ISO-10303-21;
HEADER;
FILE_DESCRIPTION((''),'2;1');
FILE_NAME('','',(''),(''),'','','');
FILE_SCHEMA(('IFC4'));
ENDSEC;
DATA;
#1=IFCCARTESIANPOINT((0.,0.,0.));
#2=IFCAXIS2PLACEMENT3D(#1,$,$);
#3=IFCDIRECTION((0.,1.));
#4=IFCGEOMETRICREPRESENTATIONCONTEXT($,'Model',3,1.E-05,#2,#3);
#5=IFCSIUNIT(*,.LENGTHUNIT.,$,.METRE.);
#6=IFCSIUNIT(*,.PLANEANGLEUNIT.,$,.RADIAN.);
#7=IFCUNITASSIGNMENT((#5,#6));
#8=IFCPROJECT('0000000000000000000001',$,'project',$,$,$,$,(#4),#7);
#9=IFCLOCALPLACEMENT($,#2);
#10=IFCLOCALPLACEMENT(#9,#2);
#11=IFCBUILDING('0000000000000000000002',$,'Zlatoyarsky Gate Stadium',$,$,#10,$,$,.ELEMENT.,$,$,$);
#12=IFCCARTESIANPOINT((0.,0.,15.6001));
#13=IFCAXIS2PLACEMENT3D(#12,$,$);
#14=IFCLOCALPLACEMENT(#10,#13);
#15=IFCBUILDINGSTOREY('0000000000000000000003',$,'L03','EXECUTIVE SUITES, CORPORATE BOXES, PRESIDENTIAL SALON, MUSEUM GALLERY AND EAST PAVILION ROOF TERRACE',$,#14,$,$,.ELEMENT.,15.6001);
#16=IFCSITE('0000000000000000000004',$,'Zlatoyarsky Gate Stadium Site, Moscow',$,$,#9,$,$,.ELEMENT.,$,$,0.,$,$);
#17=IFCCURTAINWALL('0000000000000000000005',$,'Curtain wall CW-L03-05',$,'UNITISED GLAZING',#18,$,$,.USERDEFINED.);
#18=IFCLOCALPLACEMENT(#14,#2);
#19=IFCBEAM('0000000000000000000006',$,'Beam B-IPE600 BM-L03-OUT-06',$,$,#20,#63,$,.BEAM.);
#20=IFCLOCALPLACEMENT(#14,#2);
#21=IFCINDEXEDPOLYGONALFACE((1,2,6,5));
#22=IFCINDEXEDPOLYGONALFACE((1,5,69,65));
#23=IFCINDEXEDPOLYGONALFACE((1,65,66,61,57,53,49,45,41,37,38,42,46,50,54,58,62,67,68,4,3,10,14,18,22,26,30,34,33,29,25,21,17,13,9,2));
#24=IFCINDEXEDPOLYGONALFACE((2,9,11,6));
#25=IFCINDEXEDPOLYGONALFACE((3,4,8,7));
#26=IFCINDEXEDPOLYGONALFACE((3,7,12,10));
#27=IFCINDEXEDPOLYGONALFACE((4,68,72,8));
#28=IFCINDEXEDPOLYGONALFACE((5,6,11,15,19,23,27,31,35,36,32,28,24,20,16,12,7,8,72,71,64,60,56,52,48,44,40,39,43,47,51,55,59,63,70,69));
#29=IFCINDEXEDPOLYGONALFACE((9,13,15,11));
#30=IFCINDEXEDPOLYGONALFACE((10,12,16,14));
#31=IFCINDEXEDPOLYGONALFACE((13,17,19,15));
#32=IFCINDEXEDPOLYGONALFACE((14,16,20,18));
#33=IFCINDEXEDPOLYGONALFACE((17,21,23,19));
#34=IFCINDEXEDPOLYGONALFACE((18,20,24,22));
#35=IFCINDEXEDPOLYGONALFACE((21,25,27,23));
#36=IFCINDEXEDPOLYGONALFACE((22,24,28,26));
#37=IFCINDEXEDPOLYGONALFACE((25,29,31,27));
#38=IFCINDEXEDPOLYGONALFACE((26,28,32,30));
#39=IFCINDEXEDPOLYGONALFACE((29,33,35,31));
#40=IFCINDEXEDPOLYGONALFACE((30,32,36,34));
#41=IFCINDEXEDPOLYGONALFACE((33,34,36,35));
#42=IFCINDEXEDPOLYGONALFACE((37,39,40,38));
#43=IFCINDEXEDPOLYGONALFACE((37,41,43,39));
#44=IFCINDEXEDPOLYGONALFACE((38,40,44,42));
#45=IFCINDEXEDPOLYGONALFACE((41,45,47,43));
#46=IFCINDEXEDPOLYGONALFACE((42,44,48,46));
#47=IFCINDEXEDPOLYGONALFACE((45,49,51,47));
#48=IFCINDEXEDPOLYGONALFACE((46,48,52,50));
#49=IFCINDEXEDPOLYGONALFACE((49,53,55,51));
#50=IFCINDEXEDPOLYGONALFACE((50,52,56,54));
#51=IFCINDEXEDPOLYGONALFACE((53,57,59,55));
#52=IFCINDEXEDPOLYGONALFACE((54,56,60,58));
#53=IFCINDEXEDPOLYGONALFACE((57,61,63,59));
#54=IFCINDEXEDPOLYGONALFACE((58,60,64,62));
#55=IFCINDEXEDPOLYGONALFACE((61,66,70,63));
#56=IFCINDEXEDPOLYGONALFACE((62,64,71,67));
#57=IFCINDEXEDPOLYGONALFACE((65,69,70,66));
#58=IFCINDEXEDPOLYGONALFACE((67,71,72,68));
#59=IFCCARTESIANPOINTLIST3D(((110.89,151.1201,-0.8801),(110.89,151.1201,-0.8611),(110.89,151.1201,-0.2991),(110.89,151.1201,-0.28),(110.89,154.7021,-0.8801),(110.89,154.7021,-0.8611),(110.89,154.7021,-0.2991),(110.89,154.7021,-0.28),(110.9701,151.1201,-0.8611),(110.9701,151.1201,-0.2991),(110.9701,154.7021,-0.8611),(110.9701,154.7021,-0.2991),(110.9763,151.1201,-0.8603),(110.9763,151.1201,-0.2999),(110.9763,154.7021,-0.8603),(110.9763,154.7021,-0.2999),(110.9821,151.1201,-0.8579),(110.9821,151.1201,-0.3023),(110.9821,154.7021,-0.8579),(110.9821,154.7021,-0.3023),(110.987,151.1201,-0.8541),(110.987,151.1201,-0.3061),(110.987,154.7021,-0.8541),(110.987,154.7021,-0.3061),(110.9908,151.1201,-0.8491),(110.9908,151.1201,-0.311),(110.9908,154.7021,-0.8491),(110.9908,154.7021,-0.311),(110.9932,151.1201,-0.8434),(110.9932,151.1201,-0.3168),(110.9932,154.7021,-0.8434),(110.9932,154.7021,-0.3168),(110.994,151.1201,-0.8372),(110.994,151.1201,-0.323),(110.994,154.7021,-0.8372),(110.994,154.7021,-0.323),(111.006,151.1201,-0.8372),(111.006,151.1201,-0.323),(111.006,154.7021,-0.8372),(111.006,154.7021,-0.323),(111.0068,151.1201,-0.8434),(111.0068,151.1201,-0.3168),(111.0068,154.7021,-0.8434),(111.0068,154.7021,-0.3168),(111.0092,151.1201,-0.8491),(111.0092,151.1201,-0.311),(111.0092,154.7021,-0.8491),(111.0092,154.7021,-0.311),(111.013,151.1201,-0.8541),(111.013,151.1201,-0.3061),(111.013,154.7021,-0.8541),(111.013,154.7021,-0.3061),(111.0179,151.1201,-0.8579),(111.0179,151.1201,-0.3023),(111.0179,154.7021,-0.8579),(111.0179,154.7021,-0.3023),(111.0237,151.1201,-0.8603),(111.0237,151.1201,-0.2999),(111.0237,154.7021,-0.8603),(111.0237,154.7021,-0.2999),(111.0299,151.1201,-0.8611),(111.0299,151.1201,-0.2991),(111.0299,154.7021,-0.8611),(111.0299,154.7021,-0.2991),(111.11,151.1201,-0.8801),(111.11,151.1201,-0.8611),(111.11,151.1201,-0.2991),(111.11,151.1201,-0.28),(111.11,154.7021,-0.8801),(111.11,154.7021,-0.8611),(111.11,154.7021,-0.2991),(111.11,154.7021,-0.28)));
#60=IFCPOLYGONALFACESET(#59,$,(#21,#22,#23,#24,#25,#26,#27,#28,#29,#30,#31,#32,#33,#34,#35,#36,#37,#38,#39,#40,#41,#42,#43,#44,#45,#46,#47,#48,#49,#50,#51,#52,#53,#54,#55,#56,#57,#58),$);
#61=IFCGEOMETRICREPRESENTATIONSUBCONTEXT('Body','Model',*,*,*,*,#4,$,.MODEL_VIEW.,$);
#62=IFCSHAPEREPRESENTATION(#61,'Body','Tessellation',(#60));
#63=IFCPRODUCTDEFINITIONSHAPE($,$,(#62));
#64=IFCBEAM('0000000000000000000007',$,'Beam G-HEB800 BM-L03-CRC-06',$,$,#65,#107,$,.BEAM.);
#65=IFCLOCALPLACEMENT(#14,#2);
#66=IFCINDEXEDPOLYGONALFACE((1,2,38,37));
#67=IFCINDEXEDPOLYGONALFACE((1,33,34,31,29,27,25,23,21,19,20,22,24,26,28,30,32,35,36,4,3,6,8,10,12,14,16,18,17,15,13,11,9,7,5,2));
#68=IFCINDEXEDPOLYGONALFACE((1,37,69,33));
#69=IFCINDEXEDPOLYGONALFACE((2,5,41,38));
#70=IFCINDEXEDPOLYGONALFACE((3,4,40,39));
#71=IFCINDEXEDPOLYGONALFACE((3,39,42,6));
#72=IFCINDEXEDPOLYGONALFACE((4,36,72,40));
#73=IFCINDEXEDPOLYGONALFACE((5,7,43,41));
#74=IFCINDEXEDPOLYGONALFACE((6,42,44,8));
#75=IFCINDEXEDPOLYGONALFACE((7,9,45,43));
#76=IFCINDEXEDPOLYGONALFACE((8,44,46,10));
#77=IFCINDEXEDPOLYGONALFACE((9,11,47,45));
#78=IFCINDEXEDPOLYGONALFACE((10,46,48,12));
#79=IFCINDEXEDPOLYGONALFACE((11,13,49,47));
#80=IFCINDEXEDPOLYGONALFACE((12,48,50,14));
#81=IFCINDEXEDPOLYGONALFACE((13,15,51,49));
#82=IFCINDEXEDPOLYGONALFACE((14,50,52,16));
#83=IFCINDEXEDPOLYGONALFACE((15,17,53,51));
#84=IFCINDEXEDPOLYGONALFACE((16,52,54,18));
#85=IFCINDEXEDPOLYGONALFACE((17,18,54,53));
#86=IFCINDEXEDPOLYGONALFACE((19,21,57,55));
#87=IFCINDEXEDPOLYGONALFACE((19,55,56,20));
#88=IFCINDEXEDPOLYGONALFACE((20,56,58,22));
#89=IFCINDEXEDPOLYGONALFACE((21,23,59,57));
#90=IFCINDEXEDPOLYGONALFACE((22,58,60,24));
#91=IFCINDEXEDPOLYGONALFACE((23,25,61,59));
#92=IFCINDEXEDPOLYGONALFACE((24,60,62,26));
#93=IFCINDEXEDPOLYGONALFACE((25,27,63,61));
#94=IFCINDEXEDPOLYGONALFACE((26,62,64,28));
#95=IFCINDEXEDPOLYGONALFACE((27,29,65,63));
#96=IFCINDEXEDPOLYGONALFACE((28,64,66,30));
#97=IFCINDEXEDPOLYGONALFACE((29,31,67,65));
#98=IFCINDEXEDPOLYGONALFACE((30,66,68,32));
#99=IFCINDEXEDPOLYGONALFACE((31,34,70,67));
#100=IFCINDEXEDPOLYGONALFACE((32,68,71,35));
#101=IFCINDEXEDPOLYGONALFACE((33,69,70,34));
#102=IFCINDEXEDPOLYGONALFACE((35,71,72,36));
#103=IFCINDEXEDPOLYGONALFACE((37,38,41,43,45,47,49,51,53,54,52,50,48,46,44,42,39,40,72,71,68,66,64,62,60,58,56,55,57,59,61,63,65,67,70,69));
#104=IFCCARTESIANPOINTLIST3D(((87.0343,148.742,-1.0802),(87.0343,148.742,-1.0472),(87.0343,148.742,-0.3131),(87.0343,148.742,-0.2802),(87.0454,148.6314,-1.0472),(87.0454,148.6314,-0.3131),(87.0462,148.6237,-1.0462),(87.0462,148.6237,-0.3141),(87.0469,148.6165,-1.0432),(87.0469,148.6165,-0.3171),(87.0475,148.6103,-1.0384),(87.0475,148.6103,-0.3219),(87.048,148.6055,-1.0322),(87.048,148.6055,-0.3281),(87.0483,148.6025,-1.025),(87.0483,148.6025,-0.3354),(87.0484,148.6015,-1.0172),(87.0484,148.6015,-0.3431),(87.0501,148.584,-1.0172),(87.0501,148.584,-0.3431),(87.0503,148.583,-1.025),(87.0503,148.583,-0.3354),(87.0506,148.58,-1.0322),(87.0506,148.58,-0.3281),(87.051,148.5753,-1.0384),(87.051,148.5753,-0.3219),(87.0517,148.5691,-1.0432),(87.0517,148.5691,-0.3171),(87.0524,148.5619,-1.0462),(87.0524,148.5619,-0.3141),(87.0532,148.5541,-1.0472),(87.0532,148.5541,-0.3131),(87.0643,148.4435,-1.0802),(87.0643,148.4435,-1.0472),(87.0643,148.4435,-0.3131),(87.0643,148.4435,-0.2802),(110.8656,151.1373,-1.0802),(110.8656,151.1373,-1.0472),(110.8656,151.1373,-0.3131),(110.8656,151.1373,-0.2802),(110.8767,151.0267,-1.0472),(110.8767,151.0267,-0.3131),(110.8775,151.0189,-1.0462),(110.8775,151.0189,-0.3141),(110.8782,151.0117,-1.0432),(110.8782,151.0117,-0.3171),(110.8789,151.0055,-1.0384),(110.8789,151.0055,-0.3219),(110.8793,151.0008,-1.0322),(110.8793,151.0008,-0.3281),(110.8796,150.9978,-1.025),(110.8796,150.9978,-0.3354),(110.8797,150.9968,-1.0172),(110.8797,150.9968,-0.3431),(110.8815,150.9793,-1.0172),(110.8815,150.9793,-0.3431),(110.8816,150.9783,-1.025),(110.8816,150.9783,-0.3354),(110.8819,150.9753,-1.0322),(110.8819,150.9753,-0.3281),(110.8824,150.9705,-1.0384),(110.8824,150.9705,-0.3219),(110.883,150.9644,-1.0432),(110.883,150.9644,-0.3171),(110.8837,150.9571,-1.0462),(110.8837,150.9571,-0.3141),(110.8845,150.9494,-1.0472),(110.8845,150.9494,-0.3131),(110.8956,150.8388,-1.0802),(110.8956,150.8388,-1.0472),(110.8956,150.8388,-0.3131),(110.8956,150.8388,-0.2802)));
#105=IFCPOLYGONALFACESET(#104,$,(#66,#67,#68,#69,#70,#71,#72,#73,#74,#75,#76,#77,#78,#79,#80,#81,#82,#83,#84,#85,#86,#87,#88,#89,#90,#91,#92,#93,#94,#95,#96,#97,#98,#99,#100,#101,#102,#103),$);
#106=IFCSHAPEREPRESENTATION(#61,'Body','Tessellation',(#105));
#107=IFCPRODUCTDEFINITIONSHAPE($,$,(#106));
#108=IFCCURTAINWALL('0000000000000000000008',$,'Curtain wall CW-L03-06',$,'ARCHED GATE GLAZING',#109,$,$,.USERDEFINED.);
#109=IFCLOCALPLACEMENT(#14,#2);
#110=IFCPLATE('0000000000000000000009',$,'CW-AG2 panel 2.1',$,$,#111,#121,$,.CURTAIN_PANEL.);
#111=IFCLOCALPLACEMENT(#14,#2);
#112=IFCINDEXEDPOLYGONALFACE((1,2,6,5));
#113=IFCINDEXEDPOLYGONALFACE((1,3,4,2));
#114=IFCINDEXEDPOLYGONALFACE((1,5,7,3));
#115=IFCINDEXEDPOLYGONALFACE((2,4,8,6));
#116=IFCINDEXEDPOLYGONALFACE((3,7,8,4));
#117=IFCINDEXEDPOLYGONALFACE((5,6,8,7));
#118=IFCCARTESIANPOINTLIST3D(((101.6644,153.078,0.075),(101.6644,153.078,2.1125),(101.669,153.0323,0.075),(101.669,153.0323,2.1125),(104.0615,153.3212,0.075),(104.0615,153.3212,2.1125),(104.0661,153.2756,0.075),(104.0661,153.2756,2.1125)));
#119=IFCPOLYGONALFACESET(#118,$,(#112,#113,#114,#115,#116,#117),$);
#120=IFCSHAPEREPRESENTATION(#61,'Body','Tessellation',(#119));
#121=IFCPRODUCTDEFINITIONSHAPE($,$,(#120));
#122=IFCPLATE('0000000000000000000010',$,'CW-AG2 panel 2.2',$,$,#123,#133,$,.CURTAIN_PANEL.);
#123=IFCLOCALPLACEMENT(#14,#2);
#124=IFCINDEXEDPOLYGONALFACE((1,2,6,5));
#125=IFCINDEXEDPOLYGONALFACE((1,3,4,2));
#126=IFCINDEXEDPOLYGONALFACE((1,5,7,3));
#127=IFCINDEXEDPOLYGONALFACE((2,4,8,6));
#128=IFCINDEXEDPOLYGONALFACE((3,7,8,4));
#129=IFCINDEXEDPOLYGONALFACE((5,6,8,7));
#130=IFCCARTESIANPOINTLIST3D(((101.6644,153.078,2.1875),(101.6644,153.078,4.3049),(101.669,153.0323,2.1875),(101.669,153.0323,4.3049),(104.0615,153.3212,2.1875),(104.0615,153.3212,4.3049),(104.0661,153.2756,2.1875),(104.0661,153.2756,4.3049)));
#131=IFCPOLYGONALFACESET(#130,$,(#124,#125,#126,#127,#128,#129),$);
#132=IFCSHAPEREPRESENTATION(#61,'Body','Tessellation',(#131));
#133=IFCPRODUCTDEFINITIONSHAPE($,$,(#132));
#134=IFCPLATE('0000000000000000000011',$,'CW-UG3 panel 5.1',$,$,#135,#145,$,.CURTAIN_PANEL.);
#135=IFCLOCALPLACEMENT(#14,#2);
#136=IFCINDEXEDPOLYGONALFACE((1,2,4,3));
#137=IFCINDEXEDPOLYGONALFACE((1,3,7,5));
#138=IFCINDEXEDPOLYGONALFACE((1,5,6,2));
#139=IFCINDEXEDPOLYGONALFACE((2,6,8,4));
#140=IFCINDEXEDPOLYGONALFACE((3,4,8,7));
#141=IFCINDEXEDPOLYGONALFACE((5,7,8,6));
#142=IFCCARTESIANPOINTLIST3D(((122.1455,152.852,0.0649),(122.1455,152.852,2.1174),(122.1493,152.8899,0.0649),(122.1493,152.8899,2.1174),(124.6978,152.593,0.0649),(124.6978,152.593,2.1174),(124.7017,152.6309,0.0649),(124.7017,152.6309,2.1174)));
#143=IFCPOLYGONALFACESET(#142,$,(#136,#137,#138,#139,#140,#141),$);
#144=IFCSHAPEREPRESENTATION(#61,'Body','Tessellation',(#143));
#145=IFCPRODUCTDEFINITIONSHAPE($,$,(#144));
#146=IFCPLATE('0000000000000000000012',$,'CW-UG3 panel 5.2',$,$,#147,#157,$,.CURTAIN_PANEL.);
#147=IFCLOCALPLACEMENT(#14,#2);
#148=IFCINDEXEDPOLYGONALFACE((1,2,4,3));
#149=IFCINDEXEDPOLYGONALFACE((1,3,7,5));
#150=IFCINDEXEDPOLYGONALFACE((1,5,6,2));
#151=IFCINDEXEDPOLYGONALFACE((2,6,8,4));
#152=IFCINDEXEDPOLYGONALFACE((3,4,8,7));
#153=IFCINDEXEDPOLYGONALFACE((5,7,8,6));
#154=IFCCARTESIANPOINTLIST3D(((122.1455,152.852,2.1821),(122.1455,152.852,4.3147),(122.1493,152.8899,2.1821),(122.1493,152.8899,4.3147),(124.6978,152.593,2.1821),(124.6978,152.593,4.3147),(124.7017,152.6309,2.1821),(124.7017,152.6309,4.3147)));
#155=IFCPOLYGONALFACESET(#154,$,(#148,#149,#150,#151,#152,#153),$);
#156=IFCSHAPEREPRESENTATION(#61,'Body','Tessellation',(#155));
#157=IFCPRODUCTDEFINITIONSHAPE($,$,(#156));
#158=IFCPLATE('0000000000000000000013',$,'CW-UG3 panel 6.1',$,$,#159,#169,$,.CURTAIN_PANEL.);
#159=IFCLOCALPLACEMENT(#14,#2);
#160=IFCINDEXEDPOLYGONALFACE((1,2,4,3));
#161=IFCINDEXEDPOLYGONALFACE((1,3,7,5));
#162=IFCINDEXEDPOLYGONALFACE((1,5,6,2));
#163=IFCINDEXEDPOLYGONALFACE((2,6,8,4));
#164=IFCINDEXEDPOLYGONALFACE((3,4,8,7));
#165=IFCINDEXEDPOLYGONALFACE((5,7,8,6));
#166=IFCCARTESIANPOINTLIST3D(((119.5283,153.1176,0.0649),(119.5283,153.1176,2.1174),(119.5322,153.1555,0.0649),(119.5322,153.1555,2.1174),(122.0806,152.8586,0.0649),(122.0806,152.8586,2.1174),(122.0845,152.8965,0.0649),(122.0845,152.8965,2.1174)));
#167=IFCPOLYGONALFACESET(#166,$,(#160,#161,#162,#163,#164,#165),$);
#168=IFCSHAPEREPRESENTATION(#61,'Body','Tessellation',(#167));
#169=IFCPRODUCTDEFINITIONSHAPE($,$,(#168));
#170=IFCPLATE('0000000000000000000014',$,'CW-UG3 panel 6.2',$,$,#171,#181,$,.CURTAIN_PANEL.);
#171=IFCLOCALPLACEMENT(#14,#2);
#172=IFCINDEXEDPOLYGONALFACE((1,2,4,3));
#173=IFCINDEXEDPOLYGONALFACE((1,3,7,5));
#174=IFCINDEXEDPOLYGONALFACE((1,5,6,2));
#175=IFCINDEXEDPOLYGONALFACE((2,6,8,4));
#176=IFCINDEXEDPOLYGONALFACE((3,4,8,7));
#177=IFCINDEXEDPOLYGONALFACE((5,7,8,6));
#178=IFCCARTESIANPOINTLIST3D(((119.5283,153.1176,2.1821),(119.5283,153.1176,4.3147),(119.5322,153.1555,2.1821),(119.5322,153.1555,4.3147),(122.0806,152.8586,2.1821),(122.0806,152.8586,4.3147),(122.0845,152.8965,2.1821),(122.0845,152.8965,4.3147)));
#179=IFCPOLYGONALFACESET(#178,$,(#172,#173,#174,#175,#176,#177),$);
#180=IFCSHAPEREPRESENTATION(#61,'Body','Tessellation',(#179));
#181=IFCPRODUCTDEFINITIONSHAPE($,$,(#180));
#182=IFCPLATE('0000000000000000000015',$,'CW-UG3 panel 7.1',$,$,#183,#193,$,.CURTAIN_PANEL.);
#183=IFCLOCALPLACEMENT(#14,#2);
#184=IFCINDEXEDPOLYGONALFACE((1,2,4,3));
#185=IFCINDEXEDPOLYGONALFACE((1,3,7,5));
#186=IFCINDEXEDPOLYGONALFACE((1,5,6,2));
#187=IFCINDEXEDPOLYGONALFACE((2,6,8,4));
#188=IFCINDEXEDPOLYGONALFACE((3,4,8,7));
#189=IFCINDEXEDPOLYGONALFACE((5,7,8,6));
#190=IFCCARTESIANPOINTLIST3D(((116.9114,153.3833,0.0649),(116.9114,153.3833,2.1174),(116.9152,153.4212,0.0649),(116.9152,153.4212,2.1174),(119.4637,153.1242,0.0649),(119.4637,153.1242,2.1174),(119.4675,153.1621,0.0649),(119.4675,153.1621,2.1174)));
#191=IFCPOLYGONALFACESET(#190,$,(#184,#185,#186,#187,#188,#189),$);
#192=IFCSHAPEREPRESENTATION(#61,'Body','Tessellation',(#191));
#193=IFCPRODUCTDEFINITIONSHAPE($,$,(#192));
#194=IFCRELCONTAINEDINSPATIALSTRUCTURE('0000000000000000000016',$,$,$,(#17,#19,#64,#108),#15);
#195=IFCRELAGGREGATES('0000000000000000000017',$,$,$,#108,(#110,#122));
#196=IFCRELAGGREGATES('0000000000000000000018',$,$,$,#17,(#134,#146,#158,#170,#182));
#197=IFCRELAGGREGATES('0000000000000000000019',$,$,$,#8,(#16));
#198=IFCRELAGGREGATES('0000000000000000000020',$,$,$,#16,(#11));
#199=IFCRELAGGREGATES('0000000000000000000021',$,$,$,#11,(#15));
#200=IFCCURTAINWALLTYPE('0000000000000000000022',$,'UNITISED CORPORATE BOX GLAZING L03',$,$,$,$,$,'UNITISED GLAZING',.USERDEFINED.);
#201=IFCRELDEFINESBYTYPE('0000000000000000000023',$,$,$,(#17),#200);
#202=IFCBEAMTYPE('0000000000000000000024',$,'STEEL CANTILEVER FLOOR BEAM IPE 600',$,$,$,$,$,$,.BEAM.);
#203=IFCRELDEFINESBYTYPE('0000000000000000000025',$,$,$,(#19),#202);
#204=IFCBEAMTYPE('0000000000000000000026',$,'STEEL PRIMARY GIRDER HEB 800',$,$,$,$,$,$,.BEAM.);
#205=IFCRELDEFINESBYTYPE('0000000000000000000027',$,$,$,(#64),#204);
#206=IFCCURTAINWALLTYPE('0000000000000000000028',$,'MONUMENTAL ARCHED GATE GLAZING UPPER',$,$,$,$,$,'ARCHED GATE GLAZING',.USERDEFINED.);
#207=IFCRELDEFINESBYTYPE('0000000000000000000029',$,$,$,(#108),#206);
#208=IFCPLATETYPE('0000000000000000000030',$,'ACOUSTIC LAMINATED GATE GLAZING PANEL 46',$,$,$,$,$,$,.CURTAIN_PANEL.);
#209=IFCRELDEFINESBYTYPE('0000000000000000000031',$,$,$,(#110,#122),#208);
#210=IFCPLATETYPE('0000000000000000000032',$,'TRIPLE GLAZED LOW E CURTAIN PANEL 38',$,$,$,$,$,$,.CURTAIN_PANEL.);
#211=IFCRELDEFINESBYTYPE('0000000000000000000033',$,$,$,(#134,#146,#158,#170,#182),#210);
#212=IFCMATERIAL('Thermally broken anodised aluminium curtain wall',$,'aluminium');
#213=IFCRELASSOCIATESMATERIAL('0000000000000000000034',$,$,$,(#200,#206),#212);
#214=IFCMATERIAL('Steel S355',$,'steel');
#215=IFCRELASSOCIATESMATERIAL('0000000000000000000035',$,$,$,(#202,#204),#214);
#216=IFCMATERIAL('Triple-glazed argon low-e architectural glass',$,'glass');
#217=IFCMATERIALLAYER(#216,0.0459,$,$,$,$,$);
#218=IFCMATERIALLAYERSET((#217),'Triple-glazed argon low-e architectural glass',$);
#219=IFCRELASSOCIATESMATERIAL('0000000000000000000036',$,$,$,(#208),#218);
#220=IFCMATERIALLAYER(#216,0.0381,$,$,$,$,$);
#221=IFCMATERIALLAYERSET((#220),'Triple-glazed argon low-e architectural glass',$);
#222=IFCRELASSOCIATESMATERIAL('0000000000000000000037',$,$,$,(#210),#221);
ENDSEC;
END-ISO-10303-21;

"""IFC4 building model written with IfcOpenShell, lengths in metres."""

from ifc_helpers import new_model, si_unit, direction, frame, origin, origin_2d, place, context, subcontext, project, spatial, rectangle, i_section, extrude, material, layer, layer_set, material_profile, profile_set, type_object, element, aggregate, save


model = new_model("IFC4")

# Units and contexts
model_context = context("Model", 3, precision=1e-05, world=origin(), true_north=direction((0.0, 1.0)))
body_context = subcontext(model_context, "Body", "Model", "MODEL_VIEW")
ifc_project = project(units=[si_unit("LENGTHUNIT", "METRE"), si_unit("PLANEANGLEUNIT", "RADIAN")], contexts=[model_context])

# Site, building, storey
site_placement = place(None, origin())
site = spatial("IfcSite", under=ifc_project, at=site_placement, Name="Zlatoyarsky Gate Stadium Site, Moscow", CompositionType="ELEMENT", RefElevation=0.0)
building_placement = place(site_placement, origin())
building = spatial("IfcBuilding", under=site, at=building_placement, Name="Zlatoyarsky Gate Stadium", CompositionType="ELEMENT")
storey_placement = place(building_placement, frame((0.0, 0.0, 15.6001)))
storey = spatial("IfcBuildingStorey", under=building, at=storey_placement, Name="L03", Description="EXECUTIVE SUITES, CORPORATE BOXES, PRESIDENTIAL SALON, MUSEUM GALLERY AND EAST PAVILION ROOF TERRACE", CompositionType="ELEMENT", Elevation=15.6001)

# Shared definitions
ifc_material_1 = material(Name="Steel S355", Category="steel")

# Curtain wall
ifc_material_2 = material(Name="Thermally broken anodised aluminium curtain wall", Category="aluminium")
curtain_wall_type_1 = type_object("IfcCurtainWallType", Name="UNITISED CORPORATE BOX GLAZING L03", ElementType="UNITISED GLAZING", PredefinedType="USERDEFINED", material=ifc_material_2)
curtain_wall_1_placement = place(storey_placement, origin())
curtain_wall_1 = element("IfcCurtainWall", 1, at=curtain_wall_1_placement, inside=storey, type_object=curtain_wall_type_1, Name="Curtain wall CW-L03-05", ObjectType="UNITISED GLAZING", PredefinedType="USERDEFINED")

# Beams
ifc_material_profile_1 = material_profile(ifc_material_1, i_section(OverallWidth=0.22, OverallDepth=0.6001, WebThickness=0.012, FlangeThickness=0.019, FilletRadius=0.0239, at=origin_2d()), Name="IPE 600")
ifc_profile_set_1 = profile_set([ifc_material_profile_1], Name="Steel S355")
beam_type_1 = type_object("IfcBeamType", Name="STEEL CANTILEVER FLOOR BEAM IPE 600", PredefinedType="BEAM", material=ifc_profile_set_1)
beam_1_placement = place(storey_placement, frame((111.0, 151.1201, -0.5801), z_axis=(0.0, 1.0, 0.0), x_axis=(-1.0, 0.0, 0.0)))
element("IfcBeam", 2, at=beam_1_placement, inside=storey, type_object=beam_type_1, Name="Beam B-IPE600 BM-L03-OUT-06", PredefinedType="BEAM", context=body_context, shape_type="SweptSolid", body=[
    extrude(i_section(OverallWidth=0.22, OverallDepth=0.6001, WebThickness=0.012, FlangeThickness=0.019, FilletRadius=0.0239, at=origin_2d()), origin(), (0.0, 0.0, 1.0), 3.582),
])
ifc_material_profile_2 = material_profile(ifc_material_1, i_section(OverallWidth=0.3, OverallDepth=0.8, WebThickness=0.0176, FlangeThickness=0.033, FilletRadius=0.03, at=origin_2d()), Name="HEB 800")
ifc_profile_set_2 = profile_set([ifc_material_profile_2], Name="Steel S355")
beam_type_2 = type_object("IfcBeamType", Name="STEEL PRIMARY GIRDER HEB 800", PredefinedType="BEAM", material=ifc_profile_set_2)
beam_2_placement = place(storey_placement, frame((110.8806, 150.988, -0.6802), z_axis=(-0.994987, -0.100005, 0.0), x_axis=(0.100005, -0.994987, 0.0)))
element("IfcBeam", 3, at=beam_2_placement, inside=storey, type_object=beam_type_2, Name="Beam G-HEB800 BM-L03-CRC-06", PredefinedType="BEAM", context=body_context, shape_type="SweptSolid", body=[
    extrude(i_section(OverallWidth=0.3, OverallDepth=0.8, WebThickness=0.0176, FlangeThickness=0.033, FilletRadius=0.03, at=origin_2d()), origin(), (0.0, 0.0, 1.0), 23.9514),
])

# Curtain wall, plates
curtain_wall_type_2 = type_object("IfcCurtainWallType", Name="MONUMENTAL ARCHED GATE GLAZING UPPER", ElementType="ARCHED GATE GLAZING", PredefinedType="USERDEFINED", material=ifc_material_2)
curtain_wall_2_placement = place(storey_placement, origin())
curtain_wall_2 = element("IfcCurtainWall", 4, at=curtain_wall_2_placement, inside=storey, type_object=curtain_wall_type_2, Name="Curtain wall CW-L03-06", ObjectType="ARCHED GATE GLAZING", PredefinedType="USERDEFINED")
ifc_material_3 = material(Name="Triple-glazed argon low-e architectural glass", Category="glass")
ifc_layer_1 = layer(ifc_material_3, 0.0459)
ifc_layer_set_1 = layer_set([ifc_layer_1], Name="Triple-glazed argon low-e architectural glass")
plate_type_1 = type_object("IfcPlateType", Name="ACOUSTIC LAMINATED GATE GLAZING PANEL 46", PredefinedType="CURTAIN_PANEL", material=ifc_layer_set_1)
plate_1_placement = place(storey_placement, frame((102.8652, 153.1768, 0.075), z_axis=(0.0, 0.0, 1.0), x_axis=(-0.99489, -0.100967, 0.0)))
plate_1 = element("IfcPlate", 5, at=plate_1_placement, type_object=plate_type_1, Name="CW-AG2 panel 2.1", PredefinedType="CURTAIN_PANEL", context=body_context, shape_type="SweptSolid", body=[
    extrude(rectangle(XDim=2.4094, YDim=0.0459, at=origin_2d()), origin(), (0.0, 0.0, 1.0), 2.0376),
])
plate_2_placement = place(storey_placement, frame((102.8652, 153.1768, 2.1875), z_axis=(0.0, 0.0, 1.0), x_axis=(-0.99489, -0.100967, 0.0)))
plate_2 = element("IfcPlate", 6, at=plate_2_placement, type_object=plate_type_1, Name="CW-AG2 panel 2.2", PredefinedType="CURTAIN_PANEL", context=body_context, shape_type="SweptSolid", body=[
    extrude(rectangle(XDim=2.4094, YDim=0.0459, at=origin_2d()), origin(), (0.0, 0.0, 1.0), 2.1174),
])
aggregate(curtain_wall_2, [plate_1, plate_2])

# Plates
ifc_layer_2 = layer(ifc_material_3, 0.0381)
ifc_layer_set_2 = layer_set([ifc_layer_2], Name="Triple-glazed argon low-e architectural glass")
plate_type_2 = type_object("IfcPlateType", Name="TRIPLE GLAZED LOW E CURTAIN PANEL 38", PredefinedType="CURTAIN_PANEL", material=ifc_layer_set_2)
plate_3_placement = place(storey_placement, frame((123.4236, 152.7415, 0.0649), z_axis=(0.0, 0.0, 1.0), x_axis=(-0.99489, 0.100968, 0.0)))
plate_3 = element("IfcPlate", 7, at=plate_3_placement, type_object=plate_type_2, Name="CW-UG3 panel 5.1", PredefinedType="CURTAIN_PANEL", context=body_context, shape_type="SweptSolid", body=[
    extrude(rectangle(XDim=2.5654, YDim=0.0381, at=origin_2d()), origin(), (0.0, 0.0, 1.0), 2.0525),
])
plate_4_placement = place(storey_placement, frame((123.4236, 152.7415, 2.1821), z_axis=(0.0, 0.0, 1.0), x_axis=(-0.99489, 0.100968, 0.0)))
plate_4 = element("IfcPlate", 8, at=plate_4_placement, type_object=plate_type_2, Name="CW-UG3 panel 5.2", PredefinedType="CURTAIN_PANEL", context=body_context, shape_type="SweptSolid", body=[
    extrude(rectangle(XDim=2.5654, YDim=0.0381, at=origin_2d()), origin(), (0.0, 0.0, 1.0), 2.1326),
])
plate_5_placement = place(storey_placement, frame((120.8064, 153.0071, 0.0649), z_axis=(0.0, 0.0, 1.0), x_axis=(-0.99489, 0.100968, 0.0)))
plate_5 = element("IfcPlate", 9, at=plate_5_placement, type_object=plate_type_2, Name="CW-UG3 panel 6.1", PredefinedType="CURTAIN_PANEL", context=body_context, shape_type="SweptSolid", body=[
    extrude(rectangle(XDim=2.5654, YDim=0.0381, at=origin_2d()), origin(), (0.0, 0.0, 1.0), 2.0525),
])
plate_6_placement = place(storey_placement, frame((120.8064, 153.0071, 2.1821), z_axis=(0.0, 0.0, 1.0), x_axis=(-0.99489, 0.100968, 0.0)))
plate_6 = element("IfcPlate", 10, at=plate_6_placement, type_object=plate_type_2, Name="CW-UG3 panel 6.2", PredefinedType="CURTAIN_PANEL", context=body_context, shape_type="SweptSolid", body=[
    extrude(rectangle(XDim=2.5654, YDim=0.0381, at=origin_2d()), origin(), (0.0, 0.0, 1.0), 2.1326),
])
plate_7_placement = place(storey_placement, frame((118.1895, 153.2727, 0.0649), z_axis=(0.0, 0.0, 1.0), x_axis=(-0.99489, 0.100968, 0.0)))
plate_7 = element("IfcPlate", 11, at=plate_7_placement, type_object=plate_type_2, Name="CW-UG3 panel 7.1", PredefinedType="CURTAIN_PANEL", context=body_context, shape_type="SweptSolid", body=[
    extrude(rectangle(XDim=2.5654, YDim=0.0381, at=origin_2d()), origin(), (0.0, 0.0, 1.0), 2.0525),
])
aggregate(curtain_wall_1, [plate_3, plate_4, plate_5, plate_6, plate_7])

save(model, "model.ifc")
